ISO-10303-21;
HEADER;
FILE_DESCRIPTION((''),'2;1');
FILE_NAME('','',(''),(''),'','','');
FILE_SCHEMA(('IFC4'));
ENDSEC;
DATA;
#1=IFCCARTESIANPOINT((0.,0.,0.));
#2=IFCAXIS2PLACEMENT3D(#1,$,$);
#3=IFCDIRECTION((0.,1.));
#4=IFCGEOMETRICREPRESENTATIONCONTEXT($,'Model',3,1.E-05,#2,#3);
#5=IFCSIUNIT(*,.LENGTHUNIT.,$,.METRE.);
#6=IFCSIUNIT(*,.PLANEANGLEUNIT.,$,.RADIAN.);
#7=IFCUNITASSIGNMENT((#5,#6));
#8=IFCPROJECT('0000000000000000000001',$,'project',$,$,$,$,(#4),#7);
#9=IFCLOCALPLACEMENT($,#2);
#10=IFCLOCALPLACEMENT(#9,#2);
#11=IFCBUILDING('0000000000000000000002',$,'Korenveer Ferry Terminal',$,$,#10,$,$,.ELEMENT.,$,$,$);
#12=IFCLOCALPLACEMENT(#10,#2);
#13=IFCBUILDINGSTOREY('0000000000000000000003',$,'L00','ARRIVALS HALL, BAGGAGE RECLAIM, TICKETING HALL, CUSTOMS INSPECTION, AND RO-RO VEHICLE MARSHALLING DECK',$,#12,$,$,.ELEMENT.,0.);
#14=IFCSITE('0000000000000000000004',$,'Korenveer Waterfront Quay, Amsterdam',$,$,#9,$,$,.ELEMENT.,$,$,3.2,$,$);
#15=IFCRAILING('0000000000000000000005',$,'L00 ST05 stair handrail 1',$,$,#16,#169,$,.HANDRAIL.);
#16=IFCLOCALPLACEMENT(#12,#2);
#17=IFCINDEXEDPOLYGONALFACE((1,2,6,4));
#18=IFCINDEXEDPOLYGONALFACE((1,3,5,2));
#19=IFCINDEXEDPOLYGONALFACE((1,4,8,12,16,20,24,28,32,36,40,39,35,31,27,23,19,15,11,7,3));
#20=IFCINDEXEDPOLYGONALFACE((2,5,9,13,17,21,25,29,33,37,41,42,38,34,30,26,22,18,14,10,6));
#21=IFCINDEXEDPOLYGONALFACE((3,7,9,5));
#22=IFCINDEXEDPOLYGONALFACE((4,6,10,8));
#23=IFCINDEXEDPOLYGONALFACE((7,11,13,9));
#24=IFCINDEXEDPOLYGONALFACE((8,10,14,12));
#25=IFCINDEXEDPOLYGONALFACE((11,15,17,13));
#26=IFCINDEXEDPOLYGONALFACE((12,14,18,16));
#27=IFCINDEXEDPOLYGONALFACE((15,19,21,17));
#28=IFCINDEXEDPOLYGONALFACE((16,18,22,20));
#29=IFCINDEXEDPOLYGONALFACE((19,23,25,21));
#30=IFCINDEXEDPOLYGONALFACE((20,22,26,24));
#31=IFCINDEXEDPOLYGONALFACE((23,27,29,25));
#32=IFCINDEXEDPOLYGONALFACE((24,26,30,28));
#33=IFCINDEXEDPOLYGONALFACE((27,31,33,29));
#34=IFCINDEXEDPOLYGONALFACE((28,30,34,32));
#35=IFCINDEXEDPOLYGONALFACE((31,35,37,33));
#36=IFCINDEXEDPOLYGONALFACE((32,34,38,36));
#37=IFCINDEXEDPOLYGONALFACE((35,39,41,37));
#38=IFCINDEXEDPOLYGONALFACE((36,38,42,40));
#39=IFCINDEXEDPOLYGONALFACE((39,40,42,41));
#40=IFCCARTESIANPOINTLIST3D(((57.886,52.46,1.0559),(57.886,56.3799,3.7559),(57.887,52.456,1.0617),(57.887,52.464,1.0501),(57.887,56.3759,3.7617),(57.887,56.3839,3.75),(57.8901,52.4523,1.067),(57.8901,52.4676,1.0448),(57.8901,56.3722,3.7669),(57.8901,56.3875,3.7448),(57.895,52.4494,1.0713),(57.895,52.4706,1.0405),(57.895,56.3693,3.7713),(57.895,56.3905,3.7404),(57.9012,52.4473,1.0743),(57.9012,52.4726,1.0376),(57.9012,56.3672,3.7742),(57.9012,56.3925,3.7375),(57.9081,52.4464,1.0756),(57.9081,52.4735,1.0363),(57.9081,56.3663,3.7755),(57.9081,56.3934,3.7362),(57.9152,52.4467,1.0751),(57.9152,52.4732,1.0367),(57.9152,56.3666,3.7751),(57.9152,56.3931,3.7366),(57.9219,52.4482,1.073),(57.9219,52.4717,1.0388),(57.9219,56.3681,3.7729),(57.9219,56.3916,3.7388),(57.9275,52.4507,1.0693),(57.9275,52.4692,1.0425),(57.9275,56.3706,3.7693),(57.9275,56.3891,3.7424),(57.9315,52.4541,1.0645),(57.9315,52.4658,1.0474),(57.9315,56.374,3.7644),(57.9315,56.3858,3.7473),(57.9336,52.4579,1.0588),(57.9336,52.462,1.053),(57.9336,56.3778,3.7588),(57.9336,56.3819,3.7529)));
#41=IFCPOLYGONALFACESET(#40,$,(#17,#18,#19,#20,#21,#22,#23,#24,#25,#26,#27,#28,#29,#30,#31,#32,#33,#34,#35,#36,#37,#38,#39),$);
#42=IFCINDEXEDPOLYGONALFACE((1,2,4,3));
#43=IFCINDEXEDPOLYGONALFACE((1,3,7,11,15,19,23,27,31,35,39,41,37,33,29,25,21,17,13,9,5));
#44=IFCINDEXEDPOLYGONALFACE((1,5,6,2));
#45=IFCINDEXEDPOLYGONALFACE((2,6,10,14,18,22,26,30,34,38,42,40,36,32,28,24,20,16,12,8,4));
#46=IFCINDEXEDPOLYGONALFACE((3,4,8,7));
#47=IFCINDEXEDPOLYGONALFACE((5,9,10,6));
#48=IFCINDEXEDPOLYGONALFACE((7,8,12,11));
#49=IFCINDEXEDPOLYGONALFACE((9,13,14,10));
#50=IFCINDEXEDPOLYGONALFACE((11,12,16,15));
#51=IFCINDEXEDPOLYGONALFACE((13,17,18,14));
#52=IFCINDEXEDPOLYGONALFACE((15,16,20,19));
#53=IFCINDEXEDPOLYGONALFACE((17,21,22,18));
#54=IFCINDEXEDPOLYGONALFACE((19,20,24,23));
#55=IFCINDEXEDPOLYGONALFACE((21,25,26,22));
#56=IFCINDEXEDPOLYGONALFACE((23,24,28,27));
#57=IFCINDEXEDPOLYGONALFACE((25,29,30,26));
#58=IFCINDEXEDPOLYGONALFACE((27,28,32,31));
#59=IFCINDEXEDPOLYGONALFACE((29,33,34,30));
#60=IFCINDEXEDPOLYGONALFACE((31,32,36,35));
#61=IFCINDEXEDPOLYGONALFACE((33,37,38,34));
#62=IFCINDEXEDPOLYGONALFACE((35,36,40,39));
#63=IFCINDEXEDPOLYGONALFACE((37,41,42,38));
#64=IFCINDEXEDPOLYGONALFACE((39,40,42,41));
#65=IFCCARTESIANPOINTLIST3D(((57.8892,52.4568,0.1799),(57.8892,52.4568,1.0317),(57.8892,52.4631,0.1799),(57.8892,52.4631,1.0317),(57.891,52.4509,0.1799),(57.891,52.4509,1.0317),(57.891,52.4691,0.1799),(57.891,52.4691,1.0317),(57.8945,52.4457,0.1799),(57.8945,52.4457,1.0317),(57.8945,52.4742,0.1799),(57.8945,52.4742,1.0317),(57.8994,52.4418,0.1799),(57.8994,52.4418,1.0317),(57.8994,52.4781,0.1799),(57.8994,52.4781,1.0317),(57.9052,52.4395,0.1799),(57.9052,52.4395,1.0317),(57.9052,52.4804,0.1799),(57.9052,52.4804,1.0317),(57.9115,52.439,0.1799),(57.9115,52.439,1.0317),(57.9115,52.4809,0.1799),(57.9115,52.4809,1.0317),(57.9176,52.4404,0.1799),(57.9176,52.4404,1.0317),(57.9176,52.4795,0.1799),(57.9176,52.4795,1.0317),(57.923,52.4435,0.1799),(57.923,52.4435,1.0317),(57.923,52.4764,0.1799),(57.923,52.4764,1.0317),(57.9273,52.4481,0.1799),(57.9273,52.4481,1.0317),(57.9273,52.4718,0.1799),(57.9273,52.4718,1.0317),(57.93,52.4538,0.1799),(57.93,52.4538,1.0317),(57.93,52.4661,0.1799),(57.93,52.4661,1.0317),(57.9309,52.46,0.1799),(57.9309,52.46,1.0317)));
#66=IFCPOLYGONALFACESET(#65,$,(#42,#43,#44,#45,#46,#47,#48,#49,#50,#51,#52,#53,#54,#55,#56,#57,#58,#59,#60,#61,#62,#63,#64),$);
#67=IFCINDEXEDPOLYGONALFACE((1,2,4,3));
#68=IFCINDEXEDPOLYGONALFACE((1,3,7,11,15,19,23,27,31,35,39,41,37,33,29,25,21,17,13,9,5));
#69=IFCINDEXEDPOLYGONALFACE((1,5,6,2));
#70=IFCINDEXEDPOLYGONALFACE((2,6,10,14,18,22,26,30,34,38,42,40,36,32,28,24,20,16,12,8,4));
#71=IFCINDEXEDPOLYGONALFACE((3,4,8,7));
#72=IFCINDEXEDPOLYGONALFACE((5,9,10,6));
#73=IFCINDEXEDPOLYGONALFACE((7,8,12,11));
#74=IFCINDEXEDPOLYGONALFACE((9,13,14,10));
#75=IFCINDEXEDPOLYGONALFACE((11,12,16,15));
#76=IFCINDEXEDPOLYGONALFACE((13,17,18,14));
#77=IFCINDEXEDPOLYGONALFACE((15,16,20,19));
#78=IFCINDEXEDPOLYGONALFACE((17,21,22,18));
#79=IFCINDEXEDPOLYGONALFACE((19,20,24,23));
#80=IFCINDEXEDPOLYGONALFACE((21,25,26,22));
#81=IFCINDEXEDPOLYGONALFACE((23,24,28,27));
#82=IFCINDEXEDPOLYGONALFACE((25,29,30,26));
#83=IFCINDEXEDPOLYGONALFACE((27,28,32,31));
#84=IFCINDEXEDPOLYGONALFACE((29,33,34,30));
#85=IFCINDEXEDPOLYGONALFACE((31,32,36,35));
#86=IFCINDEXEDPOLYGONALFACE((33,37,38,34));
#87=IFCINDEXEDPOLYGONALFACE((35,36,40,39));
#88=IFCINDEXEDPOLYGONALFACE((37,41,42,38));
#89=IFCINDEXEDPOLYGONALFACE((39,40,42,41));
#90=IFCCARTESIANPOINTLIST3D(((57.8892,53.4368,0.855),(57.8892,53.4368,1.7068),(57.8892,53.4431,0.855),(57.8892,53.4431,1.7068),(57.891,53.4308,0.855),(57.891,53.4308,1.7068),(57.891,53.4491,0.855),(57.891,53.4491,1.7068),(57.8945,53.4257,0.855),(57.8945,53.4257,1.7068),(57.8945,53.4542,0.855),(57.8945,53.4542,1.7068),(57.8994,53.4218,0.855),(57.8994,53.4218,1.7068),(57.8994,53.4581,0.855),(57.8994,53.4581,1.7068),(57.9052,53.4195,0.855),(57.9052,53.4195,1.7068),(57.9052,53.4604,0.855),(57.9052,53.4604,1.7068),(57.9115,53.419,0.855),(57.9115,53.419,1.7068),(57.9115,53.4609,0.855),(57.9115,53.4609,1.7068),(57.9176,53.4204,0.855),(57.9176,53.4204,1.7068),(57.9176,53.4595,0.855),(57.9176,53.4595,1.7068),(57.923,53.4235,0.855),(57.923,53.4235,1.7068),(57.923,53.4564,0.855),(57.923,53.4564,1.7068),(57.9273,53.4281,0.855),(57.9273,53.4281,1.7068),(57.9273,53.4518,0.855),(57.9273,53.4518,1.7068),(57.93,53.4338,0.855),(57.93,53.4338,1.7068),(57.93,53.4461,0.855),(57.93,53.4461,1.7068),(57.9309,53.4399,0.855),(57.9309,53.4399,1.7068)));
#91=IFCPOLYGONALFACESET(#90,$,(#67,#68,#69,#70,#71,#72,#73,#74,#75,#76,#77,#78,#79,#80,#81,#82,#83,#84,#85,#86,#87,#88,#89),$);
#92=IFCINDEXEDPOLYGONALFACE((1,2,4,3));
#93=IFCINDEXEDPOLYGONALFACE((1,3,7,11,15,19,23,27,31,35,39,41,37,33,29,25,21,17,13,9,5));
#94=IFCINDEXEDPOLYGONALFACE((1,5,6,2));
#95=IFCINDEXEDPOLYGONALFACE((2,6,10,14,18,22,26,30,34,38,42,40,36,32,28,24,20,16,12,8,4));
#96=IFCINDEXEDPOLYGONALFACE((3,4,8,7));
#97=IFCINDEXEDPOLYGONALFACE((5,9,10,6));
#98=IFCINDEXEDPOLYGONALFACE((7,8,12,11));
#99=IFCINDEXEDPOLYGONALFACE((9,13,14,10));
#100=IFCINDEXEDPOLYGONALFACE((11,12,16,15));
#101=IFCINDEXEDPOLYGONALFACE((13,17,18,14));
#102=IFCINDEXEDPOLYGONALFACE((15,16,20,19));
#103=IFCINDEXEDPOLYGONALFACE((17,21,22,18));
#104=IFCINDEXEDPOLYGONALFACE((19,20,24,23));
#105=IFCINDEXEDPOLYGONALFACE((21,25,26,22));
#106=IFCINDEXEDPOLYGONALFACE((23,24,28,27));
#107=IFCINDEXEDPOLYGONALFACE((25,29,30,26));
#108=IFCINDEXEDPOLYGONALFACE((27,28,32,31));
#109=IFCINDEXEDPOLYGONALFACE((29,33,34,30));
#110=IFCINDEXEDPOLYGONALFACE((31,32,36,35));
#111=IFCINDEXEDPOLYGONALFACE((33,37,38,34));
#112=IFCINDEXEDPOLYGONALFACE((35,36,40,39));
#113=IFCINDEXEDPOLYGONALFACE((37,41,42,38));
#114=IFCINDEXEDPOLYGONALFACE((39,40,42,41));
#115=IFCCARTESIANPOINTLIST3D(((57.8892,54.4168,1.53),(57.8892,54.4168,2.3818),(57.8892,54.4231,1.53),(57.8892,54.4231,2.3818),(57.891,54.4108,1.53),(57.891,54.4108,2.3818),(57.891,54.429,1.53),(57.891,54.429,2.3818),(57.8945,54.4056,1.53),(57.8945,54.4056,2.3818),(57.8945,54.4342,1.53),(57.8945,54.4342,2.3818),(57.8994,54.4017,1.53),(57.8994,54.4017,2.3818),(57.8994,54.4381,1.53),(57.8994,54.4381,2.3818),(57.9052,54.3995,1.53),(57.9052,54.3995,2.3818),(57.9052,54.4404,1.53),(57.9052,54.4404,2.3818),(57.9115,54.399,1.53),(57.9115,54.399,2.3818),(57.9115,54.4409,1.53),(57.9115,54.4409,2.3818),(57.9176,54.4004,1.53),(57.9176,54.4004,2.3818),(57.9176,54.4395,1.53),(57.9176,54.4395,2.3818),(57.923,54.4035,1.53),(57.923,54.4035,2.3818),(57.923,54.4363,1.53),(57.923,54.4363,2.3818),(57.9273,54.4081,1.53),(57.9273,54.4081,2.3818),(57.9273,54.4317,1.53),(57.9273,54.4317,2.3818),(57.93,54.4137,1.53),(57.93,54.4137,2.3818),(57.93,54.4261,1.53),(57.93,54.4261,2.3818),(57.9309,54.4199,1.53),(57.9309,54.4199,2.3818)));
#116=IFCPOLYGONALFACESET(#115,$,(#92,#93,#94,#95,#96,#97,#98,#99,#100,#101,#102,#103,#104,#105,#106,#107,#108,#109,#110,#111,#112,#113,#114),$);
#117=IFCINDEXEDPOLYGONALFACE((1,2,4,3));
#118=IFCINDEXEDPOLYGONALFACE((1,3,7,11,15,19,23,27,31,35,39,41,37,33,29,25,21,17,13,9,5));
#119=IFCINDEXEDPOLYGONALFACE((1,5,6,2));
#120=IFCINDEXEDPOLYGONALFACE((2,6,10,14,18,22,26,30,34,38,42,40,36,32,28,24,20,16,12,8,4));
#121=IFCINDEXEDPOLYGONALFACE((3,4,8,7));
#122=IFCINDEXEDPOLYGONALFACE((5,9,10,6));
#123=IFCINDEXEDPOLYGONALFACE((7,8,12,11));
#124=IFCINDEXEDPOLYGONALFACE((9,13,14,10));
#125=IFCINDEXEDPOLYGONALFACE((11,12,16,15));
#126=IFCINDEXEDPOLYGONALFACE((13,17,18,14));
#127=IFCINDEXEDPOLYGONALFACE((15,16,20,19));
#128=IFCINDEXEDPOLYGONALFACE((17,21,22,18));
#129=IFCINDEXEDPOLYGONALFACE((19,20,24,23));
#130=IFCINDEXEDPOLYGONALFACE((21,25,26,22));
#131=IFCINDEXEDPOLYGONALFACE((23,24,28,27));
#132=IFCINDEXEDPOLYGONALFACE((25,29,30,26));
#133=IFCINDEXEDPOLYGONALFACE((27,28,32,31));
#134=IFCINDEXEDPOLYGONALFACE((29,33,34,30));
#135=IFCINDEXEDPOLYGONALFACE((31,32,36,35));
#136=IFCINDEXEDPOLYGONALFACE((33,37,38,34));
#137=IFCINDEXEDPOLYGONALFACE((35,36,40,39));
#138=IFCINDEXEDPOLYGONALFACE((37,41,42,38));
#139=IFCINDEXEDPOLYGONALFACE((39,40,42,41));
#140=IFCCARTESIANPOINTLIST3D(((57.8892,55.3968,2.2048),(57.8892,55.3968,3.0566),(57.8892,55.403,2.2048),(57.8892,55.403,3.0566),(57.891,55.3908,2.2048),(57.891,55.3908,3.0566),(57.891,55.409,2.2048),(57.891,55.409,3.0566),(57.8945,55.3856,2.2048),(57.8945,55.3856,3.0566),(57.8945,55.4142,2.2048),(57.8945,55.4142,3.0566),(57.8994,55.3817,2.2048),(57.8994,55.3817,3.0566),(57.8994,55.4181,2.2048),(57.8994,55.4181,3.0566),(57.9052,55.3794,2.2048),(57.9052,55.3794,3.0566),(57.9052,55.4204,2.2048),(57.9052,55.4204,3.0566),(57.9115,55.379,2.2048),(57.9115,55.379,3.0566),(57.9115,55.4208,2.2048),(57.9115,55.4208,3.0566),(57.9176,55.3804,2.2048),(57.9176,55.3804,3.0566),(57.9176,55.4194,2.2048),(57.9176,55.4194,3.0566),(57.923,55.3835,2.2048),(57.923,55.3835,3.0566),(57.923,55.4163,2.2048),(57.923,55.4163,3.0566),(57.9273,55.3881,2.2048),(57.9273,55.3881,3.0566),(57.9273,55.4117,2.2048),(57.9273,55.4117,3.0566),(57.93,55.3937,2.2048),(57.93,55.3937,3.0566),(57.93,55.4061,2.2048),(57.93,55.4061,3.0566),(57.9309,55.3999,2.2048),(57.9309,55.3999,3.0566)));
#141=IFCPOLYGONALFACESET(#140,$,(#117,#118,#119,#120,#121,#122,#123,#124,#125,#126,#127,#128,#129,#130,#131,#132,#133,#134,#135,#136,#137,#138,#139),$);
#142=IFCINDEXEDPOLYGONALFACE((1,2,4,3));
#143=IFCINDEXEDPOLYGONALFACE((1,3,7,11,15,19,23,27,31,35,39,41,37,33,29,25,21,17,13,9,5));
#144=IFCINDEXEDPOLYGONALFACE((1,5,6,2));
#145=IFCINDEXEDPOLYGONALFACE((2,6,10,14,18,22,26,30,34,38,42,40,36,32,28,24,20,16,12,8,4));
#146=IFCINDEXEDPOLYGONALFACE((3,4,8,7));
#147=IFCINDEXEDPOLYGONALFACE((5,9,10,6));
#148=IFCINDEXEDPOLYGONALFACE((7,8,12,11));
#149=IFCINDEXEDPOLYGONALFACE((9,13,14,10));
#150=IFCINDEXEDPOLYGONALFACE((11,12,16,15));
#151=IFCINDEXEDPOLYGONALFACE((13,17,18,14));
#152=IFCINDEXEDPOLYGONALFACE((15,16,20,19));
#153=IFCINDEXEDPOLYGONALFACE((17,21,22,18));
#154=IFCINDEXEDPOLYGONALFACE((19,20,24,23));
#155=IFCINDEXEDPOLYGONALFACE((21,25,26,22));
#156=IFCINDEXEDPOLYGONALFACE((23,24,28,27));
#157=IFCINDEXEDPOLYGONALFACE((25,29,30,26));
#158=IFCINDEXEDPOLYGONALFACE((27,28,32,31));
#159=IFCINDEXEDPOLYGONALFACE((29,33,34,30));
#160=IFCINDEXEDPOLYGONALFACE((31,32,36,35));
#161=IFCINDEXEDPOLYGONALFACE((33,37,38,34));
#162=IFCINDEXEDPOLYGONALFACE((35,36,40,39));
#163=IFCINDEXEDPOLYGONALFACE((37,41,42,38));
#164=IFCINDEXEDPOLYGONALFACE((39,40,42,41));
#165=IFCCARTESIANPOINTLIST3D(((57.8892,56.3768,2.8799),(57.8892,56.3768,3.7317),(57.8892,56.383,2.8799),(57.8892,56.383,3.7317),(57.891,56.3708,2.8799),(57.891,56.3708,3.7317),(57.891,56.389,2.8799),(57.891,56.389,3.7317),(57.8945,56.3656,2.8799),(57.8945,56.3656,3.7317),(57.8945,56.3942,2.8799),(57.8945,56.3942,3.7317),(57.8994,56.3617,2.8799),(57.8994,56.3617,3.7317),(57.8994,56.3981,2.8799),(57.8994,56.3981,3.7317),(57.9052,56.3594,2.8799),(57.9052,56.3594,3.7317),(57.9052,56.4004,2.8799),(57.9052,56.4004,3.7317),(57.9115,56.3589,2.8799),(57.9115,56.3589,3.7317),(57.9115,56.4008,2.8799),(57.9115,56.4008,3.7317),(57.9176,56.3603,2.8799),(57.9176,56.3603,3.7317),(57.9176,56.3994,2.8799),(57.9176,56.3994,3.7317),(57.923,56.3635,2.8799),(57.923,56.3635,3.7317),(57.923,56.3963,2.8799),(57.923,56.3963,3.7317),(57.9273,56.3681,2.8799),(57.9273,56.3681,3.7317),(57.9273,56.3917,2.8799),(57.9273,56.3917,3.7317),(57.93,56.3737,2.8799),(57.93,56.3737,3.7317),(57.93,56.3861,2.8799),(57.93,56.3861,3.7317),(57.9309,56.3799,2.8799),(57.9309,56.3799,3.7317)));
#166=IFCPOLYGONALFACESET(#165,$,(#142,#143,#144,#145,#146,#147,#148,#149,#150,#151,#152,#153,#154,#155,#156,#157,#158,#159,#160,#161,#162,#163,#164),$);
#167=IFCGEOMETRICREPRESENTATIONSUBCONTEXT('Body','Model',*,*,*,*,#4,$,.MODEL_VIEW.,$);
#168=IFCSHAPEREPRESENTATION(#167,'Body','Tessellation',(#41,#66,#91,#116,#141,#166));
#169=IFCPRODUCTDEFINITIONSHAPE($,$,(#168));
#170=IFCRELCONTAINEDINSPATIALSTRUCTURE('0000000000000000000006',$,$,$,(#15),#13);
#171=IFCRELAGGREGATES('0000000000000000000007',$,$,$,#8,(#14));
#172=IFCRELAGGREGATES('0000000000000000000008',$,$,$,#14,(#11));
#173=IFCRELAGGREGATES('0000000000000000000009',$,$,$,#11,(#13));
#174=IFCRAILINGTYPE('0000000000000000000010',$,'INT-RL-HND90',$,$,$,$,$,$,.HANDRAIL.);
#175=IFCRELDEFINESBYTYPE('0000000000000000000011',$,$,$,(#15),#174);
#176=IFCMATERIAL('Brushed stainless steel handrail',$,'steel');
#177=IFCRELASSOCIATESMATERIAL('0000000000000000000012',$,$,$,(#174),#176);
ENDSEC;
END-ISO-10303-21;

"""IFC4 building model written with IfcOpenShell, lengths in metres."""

from ifc_helpers import new_model, si_unit, direction, frame, origin, origin_2d, place, context, subcontext, project, spatial, circle, extrude, material, type_object, element, save


model = new_model("IFC4")

# Units and contexts
model_context = context("Model", 3, precision=1e-05, world=origin(), true_north=direction((0.0, 1.0)))
body_context = subcontext(model_context, "Body", "Model", "MODEL_VIEW")
ifc_project = project(units=[si_unit("LENGTHUNIT", "METRE"), si_unit("PLANEANGLEUNIT", "RADIAN")], contexts=[model_context])

# Site, building, storey
site_placement = place(None, origin())
site = spatial("IfcSite", under=ifc_project, at=site_placement, Name="Korenveer Waterfront Quay, Amsterdam", CompositionType="ELEMENT", RefElevation=3.2)
building_placement = place(site_placement, origin())
building = spatial("IfcBuilding", under=site, at=building_placement, Name="Korenveer Ferry Terminal", CompositionType="ELEMENT")
storey_placement = place(building_placement, origin())
storey = spatial("IfcBuildingStorey", under=building, at=storey_placement, Name="L00", Description="ARRIVALS HALL, BAGGAGE RECLAIM, TICKETING HALL, CUSTOMS INSPECTION, AND RO-RO VEHICLE MARSHALLING DECK", CompositionType="ELEMENT", Elevation=0.0)

# Railing
ifc_material_1 = material(Name="Brushed stainless steel handrail", Category="steel")
railing_type_1 = type_object("IfcRailingType", Name="INT-RL-HND90", PredefinedType="HANDRAIL", material=ifc_material_1)
railing_1_placement = place(storey_placement, frame((57.9099, 52.46, 0.1799)))
element("IfcRailing", 1, at=railing_1_placement, inside=storey, type_object=railing_type_1, Name="L00 ST05 stair handrail 1", PredefinedType="HANDRAIL", context=body_context, shape_type="SweptSolid", body=[
    extrude(circle(Radius=0.0239, at=origin_2d()), frame((0.0, 0.0, 0.876), z_axis=(0.0, 0.823551, 0.567243), x_axis=(-1.0, 0.0, 0.0)), (0.0, 0.0, 1.0), 4.7598),
    extrude(circle(Radius=0.021, at=origin_2d()), origin(), (0.0, 0.0, 1.0), 0.8518),
    extrude(circle(Radius=0.021, at=origin_2d()), frame((0.0, 0.98, 0.675)), (0.0, 0.0, 1.0), 0.8518),
    extrude(circle(Radius=0.021, at=origin_2d()), frame((0.0, 1.96, 1.3501)), (0.0, 0.0, 1.0), 0.8518),
    extrude(circle(Radius=0.021, at=origin_2d()), frame((0.0, 2.9399, 2.0249)), (0.0, 0.0, 1.0), 0.8518),
    extrude(circle(Radius=0.021, at=origin_2d()), frame((0.0, 3.9199, 2.7)), (0.0, 0.0, 1.0), 0.8518),
])

save(model, "model.ifc")
